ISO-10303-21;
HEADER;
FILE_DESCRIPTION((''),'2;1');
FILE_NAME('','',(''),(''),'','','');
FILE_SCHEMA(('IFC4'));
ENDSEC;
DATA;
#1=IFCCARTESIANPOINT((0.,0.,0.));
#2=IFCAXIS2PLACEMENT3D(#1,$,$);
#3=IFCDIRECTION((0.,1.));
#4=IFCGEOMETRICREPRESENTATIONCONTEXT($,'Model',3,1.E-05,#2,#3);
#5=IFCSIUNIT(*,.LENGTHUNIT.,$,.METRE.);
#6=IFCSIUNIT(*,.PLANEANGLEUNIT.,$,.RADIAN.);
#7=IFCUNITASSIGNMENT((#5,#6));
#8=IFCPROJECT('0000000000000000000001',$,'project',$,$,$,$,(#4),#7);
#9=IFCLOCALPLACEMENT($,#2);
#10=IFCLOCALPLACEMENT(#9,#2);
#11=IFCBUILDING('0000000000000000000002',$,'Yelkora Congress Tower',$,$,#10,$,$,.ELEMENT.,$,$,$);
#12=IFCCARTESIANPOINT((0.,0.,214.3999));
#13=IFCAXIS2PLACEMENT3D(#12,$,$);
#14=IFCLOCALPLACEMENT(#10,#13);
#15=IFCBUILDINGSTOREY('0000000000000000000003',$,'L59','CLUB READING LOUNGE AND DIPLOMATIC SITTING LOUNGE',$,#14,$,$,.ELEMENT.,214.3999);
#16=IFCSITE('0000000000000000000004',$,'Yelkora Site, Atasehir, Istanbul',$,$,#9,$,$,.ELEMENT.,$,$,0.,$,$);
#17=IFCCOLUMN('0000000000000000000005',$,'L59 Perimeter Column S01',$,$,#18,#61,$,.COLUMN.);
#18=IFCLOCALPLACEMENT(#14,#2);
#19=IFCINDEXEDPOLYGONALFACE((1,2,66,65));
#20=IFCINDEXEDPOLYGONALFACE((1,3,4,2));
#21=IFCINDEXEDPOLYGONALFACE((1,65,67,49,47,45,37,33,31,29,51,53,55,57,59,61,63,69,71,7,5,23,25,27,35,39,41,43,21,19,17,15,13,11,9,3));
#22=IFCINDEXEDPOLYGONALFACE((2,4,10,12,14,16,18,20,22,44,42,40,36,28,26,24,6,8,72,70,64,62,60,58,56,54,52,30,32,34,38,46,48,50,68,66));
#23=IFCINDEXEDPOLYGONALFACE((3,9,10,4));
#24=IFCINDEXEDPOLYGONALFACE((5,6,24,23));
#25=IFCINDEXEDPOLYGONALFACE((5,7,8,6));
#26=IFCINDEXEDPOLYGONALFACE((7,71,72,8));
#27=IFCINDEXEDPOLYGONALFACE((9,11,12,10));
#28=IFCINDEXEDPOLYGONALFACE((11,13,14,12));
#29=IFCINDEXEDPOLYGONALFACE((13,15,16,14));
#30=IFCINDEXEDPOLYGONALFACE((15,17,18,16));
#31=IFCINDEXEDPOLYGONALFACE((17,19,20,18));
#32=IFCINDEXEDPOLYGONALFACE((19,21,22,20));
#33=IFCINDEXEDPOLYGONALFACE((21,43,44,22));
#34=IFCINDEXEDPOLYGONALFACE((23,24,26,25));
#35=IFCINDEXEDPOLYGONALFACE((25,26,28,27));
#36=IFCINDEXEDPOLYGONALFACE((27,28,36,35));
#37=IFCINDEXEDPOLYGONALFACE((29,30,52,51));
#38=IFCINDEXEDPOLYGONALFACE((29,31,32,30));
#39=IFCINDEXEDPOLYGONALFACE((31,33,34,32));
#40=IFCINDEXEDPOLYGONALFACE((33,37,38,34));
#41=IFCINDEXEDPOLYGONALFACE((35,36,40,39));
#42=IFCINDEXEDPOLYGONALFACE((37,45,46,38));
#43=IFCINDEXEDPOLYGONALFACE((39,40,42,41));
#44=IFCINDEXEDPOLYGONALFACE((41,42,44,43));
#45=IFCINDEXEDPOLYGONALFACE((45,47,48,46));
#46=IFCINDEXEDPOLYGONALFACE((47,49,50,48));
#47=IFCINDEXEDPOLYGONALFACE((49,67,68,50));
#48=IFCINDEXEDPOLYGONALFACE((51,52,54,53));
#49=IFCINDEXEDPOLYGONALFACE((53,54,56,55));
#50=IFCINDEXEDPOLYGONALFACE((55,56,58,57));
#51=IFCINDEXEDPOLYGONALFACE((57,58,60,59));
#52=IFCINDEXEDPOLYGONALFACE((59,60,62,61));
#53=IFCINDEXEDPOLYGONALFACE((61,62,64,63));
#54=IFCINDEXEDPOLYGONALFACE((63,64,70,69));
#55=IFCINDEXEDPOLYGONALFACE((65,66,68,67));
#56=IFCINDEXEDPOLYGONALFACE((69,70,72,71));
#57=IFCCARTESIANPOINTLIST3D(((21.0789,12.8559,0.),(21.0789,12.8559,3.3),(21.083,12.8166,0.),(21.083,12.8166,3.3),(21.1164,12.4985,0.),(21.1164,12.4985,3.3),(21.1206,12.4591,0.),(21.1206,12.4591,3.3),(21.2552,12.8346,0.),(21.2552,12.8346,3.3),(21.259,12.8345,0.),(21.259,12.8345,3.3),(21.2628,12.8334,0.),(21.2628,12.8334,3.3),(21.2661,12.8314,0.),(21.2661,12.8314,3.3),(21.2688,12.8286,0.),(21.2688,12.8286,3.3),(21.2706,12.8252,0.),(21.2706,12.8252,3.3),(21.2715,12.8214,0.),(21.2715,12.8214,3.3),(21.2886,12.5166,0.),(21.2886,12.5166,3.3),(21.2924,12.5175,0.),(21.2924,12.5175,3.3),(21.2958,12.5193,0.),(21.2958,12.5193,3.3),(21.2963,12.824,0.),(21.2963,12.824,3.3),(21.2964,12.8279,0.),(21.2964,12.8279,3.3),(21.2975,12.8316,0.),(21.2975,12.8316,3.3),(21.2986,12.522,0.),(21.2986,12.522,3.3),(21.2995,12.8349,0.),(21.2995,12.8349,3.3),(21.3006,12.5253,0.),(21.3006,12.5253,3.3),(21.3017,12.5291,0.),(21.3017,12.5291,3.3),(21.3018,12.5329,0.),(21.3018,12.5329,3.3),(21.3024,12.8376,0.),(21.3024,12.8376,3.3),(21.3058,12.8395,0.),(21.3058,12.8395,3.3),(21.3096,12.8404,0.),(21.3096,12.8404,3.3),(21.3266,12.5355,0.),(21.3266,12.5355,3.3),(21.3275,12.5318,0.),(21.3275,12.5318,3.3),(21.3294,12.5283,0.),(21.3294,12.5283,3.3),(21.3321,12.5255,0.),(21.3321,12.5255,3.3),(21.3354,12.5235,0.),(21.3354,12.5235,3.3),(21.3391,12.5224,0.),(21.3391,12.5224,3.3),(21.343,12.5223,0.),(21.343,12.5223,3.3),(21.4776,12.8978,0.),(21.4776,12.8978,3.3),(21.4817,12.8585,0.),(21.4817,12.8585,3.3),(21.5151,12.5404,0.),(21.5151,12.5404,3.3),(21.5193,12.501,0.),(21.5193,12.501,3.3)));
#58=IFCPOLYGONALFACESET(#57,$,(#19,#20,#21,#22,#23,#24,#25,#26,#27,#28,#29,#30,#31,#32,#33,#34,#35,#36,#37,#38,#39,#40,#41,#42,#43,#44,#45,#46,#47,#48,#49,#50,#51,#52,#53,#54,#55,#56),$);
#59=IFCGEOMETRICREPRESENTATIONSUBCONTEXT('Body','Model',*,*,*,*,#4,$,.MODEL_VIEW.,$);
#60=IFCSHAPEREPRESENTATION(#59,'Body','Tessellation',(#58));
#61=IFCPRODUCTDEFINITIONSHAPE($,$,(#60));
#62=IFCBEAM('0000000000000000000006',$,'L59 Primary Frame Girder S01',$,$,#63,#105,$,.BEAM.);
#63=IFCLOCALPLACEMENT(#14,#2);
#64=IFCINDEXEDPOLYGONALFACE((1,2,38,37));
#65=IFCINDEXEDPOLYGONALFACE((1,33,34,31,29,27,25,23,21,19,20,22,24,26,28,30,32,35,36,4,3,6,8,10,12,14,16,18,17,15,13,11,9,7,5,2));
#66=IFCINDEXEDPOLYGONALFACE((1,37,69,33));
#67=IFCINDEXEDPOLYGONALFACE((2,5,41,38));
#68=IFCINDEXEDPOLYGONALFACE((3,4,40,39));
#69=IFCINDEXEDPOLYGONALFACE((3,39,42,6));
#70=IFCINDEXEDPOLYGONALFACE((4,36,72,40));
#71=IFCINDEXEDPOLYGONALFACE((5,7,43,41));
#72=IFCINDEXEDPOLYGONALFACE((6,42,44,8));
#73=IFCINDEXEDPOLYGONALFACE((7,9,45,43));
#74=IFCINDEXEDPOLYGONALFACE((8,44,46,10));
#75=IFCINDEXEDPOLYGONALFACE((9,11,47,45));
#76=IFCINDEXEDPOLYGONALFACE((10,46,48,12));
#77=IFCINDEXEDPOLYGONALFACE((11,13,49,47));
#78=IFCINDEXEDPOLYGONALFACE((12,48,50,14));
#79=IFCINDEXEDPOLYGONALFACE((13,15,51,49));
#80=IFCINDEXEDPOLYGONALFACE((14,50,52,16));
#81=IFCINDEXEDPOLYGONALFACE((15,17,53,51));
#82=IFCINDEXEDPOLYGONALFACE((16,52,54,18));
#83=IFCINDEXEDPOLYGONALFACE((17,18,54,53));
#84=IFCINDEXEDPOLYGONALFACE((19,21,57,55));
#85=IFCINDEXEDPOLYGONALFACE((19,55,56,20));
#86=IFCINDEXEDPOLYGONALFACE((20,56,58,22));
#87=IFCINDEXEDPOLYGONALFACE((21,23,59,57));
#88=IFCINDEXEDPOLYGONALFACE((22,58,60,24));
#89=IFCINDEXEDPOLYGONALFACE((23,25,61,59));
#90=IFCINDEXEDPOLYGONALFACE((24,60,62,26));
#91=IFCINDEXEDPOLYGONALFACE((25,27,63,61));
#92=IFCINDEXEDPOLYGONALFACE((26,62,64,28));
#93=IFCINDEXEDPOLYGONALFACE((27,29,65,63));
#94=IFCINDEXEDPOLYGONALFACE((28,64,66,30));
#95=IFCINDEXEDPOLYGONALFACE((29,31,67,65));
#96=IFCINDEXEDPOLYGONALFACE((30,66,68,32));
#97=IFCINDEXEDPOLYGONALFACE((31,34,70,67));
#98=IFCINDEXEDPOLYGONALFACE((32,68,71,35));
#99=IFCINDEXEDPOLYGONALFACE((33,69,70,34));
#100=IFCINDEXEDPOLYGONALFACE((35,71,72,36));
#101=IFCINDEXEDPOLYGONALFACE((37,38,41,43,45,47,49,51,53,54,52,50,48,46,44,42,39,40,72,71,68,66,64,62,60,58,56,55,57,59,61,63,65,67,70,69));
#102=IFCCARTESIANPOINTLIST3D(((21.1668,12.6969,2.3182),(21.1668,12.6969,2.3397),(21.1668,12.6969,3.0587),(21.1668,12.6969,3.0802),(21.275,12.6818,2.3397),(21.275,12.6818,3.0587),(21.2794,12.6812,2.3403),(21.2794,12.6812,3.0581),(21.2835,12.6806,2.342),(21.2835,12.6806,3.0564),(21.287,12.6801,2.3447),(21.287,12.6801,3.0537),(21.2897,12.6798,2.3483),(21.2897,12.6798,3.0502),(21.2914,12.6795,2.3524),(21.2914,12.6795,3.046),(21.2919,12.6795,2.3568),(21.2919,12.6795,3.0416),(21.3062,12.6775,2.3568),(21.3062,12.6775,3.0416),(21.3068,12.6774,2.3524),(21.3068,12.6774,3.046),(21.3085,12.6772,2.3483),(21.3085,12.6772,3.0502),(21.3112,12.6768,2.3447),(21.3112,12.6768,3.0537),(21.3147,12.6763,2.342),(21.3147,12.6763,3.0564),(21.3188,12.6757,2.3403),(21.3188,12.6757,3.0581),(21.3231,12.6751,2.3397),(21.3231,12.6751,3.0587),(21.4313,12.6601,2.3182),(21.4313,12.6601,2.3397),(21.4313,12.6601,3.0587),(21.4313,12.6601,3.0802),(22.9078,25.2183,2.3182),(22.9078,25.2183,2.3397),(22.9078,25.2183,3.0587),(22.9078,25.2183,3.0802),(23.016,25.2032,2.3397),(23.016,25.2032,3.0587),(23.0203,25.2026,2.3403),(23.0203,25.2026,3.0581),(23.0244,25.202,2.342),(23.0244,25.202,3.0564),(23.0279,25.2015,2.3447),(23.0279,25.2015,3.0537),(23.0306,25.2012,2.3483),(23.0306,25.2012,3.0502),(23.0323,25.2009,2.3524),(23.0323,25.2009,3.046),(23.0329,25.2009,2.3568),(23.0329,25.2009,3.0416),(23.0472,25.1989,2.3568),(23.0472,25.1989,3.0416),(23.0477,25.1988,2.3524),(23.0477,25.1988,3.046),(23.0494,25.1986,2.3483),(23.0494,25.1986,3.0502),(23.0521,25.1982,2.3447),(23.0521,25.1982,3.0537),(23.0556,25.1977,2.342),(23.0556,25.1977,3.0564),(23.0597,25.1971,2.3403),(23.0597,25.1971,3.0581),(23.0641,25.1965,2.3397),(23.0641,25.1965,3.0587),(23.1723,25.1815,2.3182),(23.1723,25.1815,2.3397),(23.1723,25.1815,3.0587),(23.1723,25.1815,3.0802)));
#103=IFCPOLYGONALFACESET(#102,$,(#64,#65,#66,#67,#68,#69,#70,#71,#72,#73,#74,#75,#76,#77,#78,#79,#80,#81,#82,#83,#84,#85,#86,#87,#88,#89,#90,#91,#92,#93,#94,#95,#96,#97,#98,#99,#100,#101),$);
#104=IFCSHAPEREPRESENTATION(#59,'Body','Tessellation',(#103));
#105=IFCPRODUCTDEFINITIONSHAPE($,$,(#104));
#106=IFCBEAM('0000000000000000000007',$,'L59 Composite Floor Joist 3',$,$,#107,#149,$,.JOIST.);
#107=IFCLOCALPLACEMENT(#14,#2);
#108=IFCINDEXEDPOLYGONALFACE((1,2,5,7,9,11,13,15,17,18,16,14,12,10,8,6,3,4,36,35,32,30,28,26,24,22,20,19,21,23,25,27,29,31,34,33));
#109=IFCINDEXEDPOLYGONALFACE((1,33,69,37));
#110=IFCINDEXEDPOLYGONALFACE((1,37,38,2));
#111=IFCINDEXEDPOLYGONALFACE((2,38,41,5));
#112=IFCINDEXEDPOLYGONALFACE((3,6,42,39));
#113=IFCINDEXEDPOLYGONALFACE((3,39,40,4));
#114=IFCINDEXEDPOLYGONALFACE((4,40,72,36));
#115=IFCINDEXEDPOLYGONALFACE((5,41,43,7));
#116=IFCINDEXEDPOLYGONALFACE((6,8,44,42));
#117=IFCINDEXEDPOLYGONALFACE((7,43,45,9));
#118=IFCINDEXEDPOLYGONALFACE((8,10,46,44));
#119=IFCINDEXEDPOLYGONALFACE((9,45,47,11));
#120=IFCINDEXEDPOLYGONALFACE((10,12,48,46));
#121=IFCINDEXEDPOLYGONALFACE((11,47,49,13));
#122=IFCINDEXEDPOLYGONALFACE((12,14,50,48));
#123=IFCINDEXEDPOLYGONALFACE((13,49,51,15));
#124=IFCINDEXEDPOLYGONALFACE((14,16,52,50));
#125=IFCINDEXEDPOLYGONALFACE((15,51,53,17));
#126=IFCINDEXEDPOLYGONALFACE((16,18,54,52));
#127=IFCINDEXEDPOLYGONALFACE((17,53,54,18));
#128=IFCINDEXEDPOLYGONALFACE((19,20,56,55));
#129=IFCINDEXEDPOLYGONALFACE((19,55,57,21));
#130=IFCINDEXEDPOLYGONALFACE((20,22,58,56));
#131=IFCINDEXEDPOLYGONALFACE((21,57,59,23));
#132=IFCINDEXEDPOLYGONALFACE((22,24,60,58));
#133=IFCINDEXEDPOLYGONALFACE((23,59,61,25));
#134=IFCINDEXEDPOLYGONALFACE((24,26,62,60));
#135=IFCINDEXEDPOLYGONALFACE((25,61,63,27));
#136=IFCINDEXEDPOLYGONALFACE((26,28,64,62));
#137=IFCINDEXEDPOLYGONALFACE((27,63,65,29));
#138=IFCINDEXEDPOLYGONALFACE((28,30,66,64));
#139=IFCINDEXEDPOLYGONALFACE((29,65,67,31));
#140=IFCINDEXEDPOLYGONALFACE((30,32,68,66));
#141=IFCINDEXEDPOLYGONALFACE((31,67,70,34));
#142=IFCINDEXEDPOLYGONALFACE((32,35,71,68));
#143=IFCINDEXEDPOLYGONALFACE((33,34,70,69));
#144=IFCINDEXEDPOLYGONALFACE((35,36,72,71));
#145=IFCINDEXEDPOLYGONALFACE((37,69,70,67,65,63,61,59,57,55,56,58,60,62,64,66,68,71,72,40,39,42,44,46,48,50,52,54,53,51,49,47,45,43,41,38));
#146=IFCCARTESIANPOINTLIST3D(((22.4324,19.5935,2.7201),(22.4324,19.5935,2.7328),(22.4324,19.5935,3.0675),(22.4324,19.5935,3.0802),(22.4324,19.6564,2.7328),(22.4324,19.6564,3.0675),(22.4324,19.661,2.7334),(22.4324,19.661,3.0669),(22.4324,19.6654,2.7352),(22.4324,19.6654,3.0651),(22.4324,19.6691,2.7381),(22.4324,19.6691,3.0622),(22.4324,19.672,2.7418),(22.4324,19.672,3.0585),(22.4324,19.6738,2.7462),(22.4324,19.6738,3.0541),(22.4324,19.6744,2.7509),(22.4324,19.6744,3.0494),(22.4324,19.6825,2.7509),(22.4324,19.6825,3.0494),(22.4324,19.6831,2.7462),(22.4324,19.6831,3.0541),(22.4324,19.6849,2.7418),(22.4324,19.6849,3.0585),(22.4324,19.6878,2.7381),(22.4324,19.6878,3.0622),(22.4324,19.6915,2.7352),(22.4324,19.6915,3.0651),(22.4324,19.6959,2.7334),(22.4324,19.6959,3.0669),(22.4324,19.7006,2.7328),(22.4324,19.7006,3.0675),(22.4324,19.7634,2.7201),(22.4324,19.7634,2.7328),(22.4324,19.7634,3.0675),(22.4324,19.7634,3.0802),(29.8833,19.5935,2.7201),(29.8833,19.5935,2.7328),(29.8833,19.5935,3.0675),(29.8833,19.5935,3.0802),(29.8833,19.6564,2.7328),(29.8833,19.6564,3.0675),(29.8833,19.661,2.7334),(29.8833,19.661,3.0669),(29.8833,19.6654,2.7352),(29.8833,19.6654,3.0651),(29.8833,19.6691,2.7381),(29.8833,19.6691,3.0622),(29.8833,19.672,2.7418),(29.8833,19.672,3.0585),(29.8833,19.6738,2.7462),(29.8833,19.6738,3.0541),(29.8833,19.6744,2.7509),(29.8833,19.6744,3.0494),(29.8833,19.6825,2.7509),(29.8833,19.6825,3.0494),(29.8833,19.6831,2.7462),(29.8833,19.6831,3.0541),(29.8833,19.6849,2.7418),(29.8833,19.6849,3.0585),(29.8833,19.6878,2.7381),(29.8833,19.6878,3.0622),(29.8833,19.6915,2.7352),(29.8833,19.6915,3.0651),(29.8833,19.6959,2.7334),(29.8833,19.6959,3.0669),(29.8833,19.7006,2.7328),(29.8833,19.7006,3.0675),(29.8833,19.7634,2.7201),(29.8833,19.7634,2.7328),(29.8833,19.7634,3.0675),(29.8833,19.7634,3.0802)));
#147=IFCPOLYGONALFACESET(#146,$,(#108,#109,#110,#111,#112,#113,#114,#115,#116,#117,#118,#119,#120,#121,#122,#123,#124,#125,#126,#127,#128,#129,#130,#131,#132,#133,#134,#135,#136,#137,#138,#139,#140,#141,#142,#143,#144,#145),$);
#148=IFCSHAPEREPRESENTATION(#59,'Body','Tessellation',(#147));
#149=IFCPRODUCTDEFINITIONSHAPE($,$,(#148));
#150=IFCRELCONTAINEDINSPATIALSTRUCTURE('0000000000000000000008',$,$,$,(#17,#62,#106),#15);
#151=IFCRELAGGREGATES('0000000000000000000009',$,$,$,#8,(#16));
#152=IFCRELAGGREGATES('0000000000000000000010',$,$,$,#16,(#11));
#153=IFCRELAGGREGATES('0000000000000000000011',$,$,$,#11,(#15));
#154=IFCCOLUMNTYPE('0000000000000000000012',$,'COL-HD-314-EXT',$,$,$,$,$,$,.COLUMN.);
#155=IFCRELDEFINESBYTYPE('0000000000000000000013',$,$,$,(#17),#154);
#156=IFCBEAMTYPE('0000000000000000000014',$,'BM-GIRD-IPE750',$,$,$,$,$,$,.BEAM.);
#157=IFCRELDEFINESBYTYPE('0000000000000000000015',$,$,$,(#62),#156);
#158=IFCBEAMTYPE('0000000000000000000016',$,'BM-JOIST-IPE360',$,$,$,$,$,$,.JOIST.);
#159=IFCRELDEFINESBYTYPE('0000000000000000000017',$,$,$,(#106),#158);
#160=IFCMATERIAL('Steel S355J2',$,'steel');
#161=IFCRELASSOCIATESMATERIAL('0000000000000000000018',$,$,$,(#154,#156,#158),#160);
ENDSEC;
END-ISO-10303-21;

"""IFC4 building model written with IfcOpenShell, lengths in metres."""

from ifc_helpers import new_model, si_unit, direction, frame, origin, origin_2d, place, context, subcontext, project, spatial, i_section, extrude, material, material_profile, profile_set, type_object, element, save


model = new_model("IFC4")

# Units and contexts
model_context = context("Model", 3, precision=1e-05, world=origin(), true_north=direction((0.0, 1.0)))
body_context = subcontext(model_context, "Body", "Model", "MODEL_VIEW")
ifc_project = project(units=[si_unit("LENGTHUNIT", "METRE"), si_unit("PLANEANGLEUNIT", "RADIAN")], contexts=[model_context])

# Site, building, storey
site_placement = place(None, origin())
site = spatial("IfcSite", under=ifc_project, at=site_placement, Name="Yelkora Site, Atasehir, Istanbul", CompositionType="ELEMENT", RefElevation=0.0)
building_placement = place(site_placement, origin())
building = spatial("IfcBuilding", under=site, at=building_placement, Name="Yelkora Congress Tower", CompositionType="ELEMENT")
storey_placement = place(building_placement, frame((0.0, 0.0, 214.3999)))
storey = spatial("IfcBuildingStorey", under=building, at=storey_placement, Name="L59", Description="CLUB READING LOUNGE AND DIPLOMATIC SITTING LOUNGE", CompositionType="ELEMENT", Elevation=214.3999)

# Column
ifc_material_1 = material(Name="Steel S355J2", Category="steel")
ifc_material_profile_1 = material_profile(ifc_material_1, i_section(OverallWidth=0.4009, OverallDepth=0.3989, WebThickness=0.0249, FlangeThickness=0.0396, FilletRadius=0.0149, at=origin_2d()), Name="HD 400x314")
ifc_profile_set_1 = profile_set([ifc_material_profile_1], Name="Steel S355J2")
column_type = type_object("IfcColumnType", Name="COL-HD-314-EXT", PredefinedType="COLUMN", material=ifc_profile_set_1)
column_placement = place(storey_placement, frame((21.2991, 12.6785, 0.0), z_axis=(0.0, 0.0, 1.0), x_axis=(0.994522, 0.104528, 0.0)))
element("IfcColumn", 1, at=column_placement, inside=storey, type_object=column_type, Name="L59 Perimeter Column S01", PredefinedType="COLUMN", context=body_context, shape_type="SweptSolid", body=[
    extrude(i_section(OverallWidth=0.4009, OverallDepth=0.3989, WebThickness=0.0249, FlangeThickness=0.0396, FilletRadius=0.0149, at=origin_2d()), origin(), (0.0, 0.0, 1.0), 3.3),
])

# Beams
ifc_material_profile_2 = material_profile(ifc_material_1, i_section(OverallWidth=0.2671, OverallDepth=0.762, WebThickness=0.0144, FlangeThickness=0.0215, FilletRadius=0.0171, at=origin_2d()), Name="IPE 750x173")
ifc_profile_set_2 = profile_set([ifc_material_profile_2], Name="Steel S355J2")
beam_type_1 = type_object("IfcBeamType", Name="BM-GIRD-IPE750", PredefinedType="BEAM", material=ifc_profile_set_2)
beam_1_placement = place(storey_placement, frame((21.2991, 12.6785, 2.6992), z_axis=(0.137714, 0.990472, 0.0), x_axis=(-0.990472, 0.137714, 0.0)))
element("IfcBeam", 2, at=beam_1_placement, inside=storey, type_object=beam_type_1, Name="L59 Primary Frame Girder S01", PredefinedType="BEAM", context=body_context, shape_type="SweptSolid", body=[
    extrude(i_section(OverallWidth=0.2671, OverallDepth=0.762, WebThickness=0.0144, FlangeThickness=0.0215, FilletRadius=0.0171, at=origin_2d()), origin(), (0.0, 0.0, 1.0), 12.6418),
])
ifc_material_profile_3 = material_profile(ifc_material_1, i_section(OverallWidth=0.1699, OverallDepth=0.3601, WebThickness=0.0081, FlangeThickness=0.0127, FilletRadius=0.0181, at=origin_2d()), Name="IPE 360")
ifc_profile_set_3 = profile_set([ifc_material_profile_3], Name="Steel S355J2")
beam_type_2 = type_object("IfcBeamType", Name="BM-JOIST-IPE360", PredefinedType="JOIST", material=ifc_profile_set_3)
beam_2_placement = place(storey_placement, frame((22.4324, 19.6785, 2.9001), z_axis=(1.0, 0.0, 0.0), x_axis=(0.0, 1.0, 0.0)))
element("IfcBeam", 3, at=beam_2_placement, inside=storey, type_object=beam_type_2, Name="L59 Composite Floor Joist 3", PredefinedType="JOIST", context=body_context, shape_type="SweptSolid", body=[
    extrude(i_section(OverallWidth=0.1699, OverallDepth=0.3601, WebThickness=0.0081, FlangeThickness=0.0127, FilletRadius=0.0181, at=origin_2d()), origin(), (0.0, 0.0, 1.0), 7.4509),
])

save(model, "model.ifc")
